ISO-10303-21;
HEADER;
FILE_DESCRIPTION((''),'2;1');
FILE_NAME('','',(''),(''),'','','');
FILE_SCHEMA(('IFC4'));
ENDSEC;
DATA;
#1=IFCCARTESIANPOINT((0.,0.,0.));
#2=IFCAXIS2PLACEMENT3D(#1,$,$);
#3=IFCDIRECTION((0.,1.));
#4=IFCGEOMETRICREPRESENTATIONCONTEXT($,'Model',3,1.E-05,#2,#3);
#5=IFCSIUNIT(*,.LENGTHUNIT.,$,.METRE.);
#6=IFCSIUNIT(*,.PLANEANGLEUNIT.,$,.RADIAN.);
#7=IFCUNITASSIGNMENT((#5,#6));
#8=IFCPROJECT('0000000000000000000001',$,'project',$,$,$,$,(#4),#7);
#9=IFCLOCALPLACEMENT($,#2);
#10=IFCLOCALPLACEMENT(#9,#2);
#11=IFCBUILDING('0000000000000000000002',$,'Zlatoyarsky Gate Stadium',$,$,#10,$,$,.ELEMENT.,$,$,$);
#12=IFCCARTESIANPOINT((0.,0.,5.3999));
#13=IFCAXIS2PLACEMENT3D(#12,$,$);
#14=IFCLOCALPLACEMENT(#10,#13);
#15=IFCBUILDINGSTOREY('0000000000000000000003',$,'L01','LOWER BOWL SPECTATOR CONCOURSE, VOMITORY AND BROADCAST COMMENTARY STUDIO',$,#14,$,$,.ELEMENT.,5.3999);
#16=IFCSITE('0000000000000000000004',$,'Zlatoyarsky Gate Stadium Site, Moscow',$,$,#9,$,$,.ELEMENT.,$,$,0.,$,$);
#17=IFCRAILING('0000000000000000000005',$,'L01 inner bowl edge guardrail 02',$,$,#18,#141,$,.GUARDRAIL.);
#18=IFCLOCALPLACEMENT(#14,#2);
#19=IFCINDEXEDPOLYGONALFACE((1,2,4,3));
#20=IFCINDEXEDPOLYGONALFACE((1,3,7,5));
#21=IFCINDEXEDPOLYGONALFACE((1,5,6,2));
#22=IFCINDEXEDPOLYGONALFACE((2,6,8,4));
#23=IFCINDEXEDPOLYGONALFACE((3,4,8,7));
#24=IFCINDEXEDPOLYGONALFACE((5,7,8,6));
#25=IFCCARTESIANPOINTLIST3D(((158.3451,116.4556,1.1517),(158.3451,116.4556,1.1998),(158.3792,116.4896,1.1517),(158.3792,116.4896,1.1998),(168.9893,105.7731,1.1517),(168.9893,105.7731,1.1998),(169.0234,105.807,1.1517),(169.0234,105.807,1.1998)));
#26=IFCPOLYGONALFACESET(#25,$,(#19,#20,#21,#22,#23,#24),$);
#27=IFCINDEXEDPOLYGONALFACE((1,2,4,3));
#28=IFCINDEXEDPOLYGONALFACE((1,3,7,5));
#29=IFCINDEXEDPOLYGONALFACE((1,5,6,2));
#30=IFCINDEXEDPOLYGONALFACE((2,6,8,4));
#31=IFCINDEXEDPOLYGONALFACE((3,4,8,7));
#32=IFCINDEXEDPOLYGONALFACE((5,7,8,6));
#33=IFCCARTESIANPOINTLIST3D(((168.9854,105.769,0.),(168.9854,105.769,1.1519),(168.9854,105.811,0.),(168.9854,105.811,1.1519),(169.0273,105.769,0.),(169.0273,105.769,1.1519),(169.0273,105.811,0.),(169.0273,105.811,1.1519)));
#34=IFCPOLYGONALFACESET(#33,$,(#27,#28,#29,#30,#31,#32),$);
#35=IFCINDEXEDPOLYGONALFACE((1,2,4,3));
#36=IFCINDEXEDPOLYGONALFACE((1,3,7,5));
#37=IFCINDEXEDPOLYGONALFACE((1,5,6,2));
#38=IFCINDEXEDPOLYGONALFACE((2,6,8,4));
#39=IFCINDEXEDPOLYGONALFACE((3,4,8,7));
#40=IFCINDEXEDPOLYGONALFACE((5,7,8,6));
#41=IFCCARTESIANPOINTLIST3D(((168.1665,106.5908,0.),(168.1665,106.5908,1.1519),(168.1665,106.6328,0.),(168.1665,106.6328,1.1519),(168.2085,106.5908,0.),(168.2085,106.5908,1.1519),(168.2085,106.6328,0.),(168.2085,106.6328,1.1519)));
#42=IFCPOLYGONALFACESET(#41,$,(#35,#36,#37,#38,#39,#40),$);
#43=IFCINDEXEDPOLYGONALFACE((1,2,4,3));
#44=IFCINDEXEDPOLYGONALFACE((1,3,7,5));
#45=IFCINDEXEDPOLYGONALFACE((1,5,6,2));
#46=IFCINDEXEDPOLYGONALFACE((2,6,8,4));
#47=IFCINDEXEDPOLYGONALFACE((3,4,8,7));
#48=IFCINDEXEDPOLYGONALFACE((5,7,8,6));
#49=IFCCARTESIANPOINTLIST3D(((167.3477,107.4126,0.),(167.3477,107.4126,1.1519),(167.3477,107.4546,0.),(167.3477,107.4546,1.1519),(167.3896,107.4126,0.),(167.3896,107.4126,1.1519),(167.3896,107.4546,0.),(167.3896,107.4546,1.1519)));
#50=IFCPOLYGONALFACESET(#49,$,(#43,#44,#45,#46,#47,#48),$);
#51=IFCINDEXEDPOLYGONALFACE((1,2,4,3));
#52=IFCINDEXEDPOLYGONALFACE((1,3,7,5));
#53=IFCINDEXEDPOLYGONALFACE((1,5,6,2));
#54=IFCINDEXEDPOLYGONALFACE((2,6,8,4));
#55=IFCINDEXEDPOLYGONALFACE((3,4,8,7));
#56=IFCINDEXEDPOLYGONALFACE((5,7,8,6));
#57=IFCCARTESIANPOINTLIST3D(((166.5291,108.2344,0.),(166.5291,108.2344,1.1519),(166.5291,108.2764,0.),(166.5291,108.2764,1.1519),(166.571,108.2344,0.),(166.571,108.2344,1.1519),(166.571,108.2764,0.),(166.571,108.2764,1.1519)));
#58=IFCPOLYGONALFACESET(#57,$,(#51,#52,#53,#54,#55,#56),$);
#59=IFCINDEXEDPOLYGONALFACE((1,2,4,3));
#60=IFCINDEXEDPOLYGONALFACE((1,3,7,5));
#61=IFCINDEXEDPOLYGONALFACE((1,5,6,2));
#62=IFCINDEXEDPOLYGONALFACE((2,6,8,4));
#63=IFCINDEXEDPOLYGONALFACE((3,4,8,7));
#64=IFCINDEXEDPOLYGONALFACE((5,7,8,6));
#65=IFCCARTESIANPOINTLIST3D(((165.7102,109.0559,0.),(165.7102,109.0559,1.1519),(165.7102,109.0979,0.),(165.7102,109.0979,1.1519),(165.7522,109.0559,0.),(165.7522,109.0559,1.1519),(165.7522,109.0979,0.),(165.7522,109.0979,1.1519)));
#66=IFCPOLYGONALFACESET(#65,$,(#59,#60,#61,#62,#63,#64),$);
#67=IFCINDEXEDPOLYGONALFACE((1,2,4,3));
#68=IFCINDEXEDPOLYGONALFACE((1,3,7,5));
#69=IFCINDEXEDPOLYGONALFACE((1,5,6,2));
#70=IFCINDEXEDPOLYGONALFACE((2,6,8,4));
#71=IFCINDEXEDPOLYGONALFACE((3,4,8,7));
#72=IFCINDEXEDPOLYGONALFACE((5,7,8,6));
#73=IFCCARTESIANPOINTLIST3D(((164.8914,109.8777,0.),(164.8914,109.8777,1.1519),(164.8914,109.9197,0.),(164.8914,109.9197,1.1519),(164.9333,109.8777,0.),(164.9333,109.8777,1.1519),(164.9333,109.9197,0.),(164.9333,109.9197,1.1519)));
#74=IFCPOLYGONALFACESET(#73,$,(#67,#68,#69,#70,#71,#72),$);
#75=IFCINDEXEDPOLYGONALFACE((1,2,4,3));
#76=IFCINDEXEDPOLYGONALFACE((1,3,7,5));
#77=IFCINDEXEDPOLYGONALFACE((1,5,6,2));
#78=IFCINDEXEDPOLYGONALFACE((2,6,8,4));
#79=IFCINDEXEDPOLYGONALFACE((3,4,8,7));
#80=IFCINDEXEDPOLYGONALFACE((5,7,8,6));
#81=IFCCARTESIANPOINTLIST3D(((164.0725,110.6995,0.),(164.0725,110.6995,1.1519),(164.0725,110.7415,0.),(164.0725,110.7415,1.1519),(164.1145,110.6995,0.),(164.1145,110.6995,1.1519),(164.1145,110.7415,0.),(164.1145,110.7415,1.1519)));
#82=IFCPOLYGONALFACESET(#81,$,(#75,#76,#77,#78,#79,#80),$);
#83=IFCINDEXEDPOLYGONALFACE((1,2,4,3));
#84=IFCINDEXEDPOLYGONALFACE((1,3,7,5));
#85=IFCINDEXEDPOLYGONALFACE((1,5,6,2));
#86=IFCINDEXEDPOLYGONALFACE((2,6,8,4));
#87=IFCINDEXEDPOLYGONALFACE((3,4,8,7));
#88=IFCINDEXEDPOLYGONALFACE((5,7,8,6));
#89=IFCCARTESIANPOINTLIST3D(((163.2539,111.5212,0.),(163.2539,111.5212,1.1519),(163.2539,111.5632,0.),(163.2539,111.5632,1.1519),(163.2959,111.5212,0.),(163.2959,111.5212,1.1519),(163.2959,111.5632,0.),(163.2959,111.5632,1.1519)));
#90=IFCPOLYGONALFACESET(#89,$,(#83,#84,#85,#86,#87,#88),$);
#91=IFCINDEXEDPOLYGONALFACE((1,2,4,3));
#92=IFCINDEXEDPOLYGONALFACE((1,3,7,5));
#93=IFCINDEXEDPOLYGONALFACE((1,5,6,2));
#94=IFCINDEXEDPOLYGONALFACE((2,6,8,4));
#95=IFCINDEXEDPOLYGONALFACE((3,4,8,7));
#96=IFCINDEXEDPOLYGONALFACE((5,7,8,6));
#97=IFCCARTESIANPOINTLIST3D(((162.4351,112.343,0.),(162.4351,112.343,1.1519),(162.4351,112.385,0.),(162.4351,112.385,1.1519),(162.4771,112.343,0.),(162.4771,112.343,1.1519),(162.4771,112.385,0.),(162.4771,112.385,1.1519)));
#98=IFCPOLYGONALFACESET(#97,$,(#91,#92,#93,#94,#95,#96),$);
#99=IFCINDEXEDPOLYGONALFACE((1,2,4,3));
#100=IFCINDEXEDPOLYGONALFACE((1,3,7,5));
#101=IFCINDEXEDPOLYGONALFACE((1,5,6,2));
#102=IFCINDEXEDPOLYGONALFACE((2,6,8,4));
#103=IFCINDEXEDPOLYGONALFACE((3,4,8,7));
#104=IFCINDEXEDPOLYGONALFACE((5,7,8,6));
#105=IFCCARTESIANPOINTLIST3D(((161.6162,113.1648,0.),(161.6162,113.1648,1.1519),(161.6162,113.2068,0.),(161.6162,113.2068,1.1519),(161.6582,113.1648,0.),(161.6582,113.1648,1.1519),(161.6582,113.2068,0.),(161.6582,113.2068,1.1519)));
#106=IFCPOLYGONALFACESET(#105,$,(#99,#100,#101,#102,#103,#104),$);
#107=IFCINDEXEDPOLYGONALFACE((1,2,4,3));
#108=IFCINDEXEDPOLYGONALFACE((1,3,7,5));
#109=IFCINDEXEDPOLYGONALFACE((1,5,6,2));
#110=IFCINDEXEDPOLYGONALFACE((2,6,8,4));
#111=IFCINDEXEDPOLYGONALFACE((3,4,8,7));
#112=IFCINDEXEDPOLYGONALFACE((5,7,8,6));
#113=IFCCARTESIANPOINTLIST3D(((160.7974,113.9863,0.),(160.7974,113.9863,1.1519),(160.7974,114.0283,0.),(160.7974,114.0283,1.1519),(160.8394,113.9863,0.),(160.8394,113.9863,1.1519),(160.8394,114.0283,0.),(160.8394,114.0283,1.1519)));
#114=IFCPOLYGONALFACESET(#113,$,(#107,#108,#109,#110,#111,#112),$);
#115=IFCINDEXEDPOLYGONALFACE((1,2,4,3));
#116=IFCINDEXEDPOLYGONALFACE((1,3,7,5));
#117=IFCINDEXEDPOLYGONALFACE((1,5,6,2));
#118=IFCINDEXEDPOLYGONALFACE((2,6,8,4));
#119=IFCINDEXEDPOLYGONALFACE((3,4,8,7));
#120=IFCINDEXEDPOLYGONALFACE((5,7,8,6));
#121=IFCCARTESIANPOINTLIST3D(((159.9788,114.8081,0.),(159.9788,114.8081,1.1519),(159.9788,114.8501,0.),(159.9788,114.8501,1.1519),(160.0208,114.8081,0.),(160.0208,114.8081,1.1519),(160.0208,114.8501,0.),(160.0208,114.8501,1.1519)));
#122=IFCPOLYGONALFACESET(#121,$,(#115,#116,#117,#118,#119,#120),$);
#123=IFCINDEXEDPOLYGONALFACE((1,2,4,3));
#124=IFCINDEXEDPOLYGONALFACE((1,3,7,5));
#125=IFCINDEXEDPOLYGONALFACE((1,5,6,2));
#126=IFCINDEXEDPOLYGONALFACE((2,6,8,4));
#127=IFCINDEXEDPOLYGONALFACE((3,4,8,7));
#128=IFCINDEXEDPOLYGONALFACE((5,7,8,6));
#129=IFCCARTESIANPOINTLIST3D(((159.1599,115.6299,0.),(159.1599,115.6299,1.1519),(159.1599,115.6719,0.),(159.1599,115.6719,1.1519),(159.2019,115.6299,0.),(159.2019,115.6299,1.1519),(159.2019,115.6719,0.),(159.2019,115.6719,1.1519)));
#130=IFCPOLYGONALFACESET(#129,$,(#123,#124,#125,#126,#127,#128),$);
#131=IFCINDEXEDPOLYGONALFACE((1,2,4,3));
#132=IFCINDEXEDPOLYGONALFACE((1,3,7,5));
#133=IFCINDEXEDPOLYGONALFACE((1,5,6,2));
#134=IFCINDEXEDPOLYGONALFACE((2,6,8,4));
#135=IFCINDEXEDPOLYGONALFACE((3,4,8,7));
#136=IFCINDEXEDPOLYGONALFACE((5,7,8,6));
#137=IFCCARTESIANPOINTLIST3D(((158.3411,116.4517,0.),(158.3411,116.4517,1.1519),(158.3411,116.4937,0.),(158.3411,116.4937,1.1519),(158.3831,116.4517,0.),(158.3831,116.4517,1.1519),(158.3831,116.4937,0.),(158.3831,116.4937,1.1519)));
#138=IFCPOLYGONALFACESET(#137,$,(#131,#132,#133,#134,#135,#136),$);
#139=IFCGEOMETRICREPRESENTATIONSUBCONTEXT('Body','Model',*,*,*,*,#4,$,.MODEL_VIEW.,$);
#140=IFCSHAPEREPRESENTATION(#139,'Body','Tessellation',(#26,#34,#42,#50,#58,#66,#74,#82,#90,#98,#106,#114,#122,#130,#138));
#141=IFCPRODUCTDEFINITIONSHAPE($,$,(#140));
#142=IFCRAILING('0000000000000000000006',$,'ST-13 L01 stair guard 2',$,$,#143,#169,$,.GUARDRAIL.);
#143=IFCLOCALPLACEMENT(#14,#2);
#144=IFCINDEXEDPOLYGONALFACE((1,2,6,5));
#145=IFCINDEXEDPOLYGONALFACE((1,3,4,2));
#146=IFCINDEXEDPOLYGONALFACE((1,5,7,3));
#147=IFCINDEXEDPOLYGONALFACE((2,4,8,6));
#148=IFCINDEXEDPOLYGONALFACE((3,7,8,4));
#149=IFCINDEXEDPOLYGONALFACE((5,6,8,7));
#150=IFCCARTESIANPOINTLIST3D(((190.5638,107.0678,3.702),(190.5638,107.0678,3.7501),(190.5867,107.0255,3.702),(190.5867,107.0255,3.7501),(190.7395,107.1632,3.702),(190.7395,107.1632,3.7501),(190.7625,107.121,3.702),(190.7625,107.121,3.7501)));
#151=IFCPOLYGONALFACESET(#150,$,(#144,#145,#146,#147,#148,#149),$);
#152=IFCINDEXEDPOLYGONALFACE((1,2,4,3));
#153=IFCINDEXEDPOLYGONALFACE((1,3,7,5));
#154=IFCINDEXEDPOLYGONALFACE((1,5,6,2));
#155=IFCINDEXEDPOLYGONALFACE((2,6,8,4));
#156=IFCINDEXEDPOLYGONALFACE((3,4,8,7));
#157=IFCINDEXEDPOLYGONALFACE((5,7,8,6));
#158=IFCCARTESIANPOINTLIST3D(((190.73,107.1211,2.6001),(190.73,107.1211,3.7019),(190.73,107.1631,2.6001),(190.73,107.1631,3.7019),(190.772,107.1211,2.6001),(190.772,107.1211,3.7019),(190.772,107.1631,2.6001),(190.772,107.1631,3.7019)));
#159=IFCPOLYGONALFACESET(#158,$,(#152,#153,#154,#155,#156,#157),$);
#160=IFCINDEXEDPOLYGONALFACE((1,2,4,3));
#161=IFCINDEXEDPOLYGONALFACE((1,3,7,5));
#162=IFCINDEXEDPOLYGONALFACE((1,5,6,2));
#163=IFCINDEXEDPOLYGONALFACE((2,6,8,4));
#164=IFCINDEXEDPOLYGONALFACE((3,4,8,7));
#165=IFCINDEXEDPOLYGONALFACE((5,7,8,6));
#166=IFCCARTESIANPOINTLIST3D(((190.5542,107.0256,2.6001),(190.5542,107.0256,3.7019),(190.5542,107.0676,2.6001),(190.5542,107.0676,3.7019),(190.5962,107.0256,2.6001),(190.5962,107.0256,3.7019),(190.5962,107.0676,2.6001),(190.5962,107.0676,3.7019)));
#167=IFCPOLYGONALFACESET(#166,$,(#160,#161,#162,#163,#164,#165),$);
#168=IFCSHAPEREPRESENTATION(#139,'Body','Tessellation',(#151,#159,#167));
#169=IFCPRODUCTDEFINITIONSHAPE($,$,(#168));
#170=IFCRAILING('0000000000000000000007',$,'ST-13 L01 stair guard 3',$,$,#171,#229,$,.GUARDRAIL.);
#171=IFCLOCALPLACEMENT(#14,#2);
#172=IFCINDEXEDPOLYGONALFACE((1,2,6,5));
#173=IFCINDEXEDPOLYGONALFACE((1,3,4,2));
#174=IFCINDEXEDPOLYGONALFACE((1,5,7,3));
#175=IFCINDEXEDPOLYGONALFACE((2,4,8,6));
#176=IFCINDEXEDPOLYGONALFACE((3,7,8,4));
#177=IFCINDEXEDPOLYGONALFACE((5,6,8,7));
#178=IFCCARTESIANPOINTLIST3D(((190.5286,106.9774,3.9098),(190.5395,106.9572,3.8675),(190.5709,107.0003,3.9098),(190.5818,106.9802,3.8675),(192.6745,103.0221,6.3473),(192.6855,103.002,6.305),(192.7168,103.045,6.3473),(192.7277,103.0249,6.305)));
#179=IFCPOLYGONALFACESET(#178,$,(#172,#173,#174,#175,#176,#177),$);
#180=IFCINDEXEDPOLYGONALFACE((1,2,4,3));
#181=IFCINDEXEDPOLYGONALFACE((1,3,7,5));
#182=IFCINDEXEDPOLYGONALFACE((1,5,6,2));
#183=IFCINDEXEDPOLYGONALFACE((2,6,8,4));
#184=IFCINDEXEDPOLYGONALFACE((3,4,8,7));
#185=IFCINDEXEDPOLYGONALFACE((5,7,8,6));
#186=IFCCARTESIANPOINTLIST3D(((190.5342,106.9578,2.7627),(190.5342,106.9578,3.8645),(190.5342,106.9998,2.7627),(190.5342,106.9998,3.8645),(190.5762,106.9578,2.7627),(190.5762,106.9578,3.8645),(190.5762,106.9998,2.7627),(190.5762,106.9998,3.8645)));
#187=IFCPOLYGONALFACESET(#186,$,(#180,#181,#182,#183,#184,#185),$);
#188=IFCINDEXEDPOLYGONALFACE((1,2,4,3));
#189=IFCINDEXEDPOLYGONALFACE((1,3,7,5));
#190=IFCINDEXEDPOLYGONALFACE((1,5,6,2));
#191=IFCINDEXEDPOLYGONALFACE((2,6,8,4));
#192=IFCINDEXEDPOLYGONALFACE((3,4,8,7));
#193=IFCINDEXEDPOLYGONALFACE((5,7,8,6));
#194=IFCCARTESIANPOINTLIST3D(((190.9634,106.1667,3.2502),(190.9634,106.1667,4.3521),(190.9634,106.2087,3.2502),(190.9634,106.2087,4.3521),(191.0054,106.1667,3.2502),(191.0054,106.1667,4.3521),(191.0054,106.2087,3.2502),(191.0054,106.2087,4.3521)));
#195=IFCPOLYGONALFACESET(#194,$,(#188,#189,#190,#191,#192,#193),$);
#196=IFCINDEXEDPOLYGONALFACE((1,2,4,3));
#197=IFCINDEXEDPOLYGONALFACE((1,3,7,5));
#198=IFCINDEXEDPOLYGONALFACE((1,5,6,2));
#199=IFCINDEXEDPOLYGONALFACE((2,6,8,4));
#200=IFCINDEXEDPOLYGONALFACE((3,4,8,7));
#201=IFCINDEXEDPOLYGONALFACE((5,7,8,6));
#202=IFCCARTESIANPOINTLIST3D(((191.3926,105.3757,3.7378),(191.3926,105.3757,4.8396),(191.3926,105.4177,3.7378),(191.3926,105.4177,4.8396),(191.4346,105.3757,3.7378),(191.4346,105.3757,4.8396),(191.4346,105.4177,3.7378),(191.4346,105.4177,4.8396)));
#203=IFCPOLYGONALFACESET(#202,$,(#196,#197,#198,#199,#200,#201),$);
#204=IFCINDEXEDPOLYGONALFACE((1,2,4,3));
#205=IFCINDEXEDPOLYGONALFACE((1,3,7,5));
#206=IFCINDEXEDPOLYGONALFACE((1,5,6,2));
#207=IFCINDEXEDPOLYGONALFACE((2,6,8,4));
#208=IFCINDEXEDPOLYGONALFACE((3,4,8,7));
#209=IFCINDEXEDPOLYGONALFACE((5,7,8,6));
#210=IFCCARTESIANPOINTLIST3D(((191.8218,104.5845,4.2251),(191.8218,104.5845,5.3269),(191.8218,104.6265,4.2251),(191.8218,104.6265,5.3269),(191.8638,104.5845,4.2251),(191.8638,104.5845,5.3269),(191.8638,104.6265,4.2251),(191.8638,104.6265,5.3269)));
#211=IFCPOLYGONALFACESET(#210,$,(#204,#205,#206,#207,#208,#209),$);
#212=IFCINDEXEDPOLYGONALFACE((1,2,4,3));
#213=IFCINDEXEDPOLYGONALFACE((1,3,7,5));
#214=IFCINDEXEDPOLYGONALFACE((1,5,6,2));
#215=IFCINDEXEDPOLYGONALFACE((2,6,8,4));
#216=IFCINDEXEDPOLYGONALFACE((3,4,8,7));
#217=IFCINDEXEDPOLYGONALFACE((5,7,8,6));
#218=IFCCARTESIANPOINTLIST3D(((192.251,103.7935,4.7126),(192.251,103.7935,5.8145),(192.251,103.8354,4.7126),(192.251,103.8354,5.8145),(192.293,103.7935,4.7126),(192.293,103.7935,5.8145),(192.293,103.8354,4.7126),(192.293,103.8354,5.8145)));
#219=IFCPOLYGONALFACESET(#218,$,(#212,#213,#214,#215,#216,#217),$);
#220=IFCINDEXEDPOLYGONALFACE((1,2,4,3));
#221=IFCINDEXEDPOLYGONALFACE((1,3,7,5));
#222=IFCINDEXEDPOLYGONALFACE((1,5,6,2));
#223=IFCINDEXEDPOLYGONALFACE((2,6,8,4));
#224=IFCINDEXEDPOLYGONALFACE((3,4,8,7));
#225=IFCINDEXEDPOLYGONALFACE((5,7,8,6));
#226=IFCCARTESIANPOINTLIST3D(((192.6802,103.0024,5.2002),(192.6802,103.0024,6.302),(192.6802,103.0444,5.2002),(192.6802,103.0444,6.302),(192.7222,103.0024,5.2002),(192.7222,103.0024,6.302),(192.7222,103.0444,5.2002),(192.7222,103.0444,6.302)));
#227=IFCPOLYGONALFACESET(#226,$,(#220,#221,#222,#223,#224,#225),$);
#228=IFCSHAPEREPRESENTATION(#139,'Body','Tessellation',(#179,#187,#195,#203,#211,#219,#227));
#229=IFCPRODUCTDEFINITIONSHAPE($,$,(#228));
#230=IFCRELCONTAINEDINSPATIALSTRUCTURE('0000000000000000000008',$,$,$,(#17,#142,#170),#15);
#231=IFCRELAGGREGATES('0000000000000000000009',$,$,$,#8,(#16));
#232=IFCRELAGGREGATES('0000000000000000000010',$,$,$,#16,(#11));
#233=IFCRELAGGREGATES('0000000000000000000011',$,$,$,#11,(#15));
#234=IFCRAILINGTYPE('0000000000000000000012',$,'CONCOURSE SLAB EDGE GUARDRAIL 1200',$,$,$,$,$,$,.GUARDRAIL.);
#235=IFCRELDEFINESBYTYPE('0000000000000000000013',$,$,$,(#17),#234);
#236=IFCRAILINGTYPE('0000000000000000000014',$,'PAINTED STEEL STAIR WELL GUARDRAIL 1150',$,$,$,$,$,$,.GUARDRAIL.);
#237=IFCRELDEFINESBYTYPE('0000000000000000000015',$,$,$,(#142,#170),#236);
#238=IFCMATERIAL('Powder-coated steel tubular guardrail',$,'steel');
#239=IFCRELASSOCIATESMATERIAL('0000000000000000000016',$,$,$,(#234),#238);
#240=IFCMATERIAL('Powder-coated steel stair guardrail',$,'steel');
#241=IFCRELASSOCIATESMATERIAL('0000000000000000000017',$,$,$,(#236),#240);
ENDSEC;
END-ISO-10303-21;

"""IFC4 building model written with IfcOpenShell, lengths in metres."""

from ifc_helpers import new_model, si_unit, direction, frame, origin, origin_2d, place, context, subcontext, project, spatial, rectangle, extrude, material, type_object, element, save


model = new_model("IFC4")

# Units and contexts
model_context = context("Model", 3, precision=1e-05, world=origin(), true_north=direction((0.0, 1.0)))
body_context = subcontext(model_context, "Body", "Model", "MODEL_VIEW")
ifc_project = project(units=[si_unit("LENGTHUNIT", "METRE"), si_unit("PLANEANGLEUNIT", "RADIAN")], contexts=[model_context])

# Site, building, storey
site_placement = place(None, origin())
site = spatial("IfcSite", under=ifc_project, at=site_placement, Name="Zlatoyarsky Gate Stadium Site, Moscow", CompositionType="ELEMENT", RefElevation=0.0)
building_placement = place(site_placement, origin())
building = spatial("IfcBuilding", under=site, at=building_placement, Name="Zlatoyarsky Gate Stadium", CompositionType="ELEMENT")
storey_placement = place(building_placement, frame((0.0, 0.0, 5.3999)))
storey = spatial("IfcBuildingStorey", under=building, at=storey_placement, Name="L01", Description="LOWER BOWL SPECTATOR CONCOURSE, VOMITORY AND BROADCAST COMMENTARY STUDIO", CompositionType="ELEMENT", Elevation=5.3999)

# Railings
ifc_material_1 = material(Name="Powder-coated steel tubular guardrail", Category="steel")
railing_type_1 = type_object("IfcRailingType", Name="CONCOURSE SLAB EDGE GUARDRAIL 1200", PredefinedType="GUARDRAIL", material=ifc_material_1)
railing_1_placement = place(storey_placement, frame((169.0063, 105.79, 0.0)))
element("IfcRailing", 1, at=railing_1_placement, inside=storey, type_object=railing_type_1, Name="L01 inner bowl edge guardrail 02", PredefinedType="GUARDRAIL", context=body_context, shape_type="SweptSolid", body=[
    extrude(rectangle(XDim=0.0481, YDim=0.0481, at=origin_2d()), frame((0.0, 0.0, 1.1758), z_axis=(-0.705835, 0.708376, 0.0), x_axis=(-0.708376, -0.705835, 0.0)), (0.0, 0.0, 1.0), 15.0803),
    extrude(rectangle(XDim=0.042, YDim=0.042, at=origin_2d()), origin(), (0.0, 0.0, 1.0), 1.1519),
    extrude(rectangle(XDim=0.042, YDim=0.042, at=origin_2d()), frame((-0.8188, 0.8218, 0.0)), (0.0, 0.0, 1.0), 1.1519),
    extrude(rectangle(XDim=0.042, YDim=0.042, at=origin_2d()), frame((-1.6377, 1.6436, 0.0)), (0.0, 0.0, 1.0), 1.1519),
    extrude(rectangle(XDim=0.042, YDim=0.042, at=origin_2d()), frame((-2.4563, 2.4653, 0.0)), (0.0, 0.0, 1.0), 1.1519),
    extrude(rectangle(XDim=0.042, YDim=0.042, at=origin_2d()), frame((-3.2751, 3.2869, 0.0)), (0.0, 0.0, 1.0), 1.1519),
    extrude(rectangle(XDim=0.042, YDim=0.042, at=origin_2d()), frame((-4.094, 4.1086, 0.0)), (0.0, 0.0, 1.0), 1.1519),
    extrude(rectangle(XDim=0.042, YDim=0.042, at=origin_2d()), frame((-4.9128, 4.9304, 0.0)), (0.0, 0.0, 1.0), 1.1519),
    extrude(rectangle(XDim=0.042, YDim=0.042, at=origin_2d()), frame((-5.7314, 5.7522, 0.0)), (0.0, 0.0, 1.0), 1.1519),
    extrude(rectangle(XDim=0.042, YDim=0.042, at=origin_2d()), frame((-6.5503, 6.574, 0.0)), (0.0, 0.0, 1.0), 1.1519),
    extrude(rectangle(XDim=0.042, YDim=0.042, at=origin_2d()), frame((-7.3691, 7.3958, 0.0)), (0.0, 0.0, 1.0), 1.1519),
    extrude(rectangle(XDim=0.042, YDim=0.042, at=origin_2d()), frame((-8.188, 8.2173, 0.0)), (0.0, 0.0, 1.0), 1.1519),
    extrude(rectangle(XDim=0.042, YDim=0.042, at=origin_2d()), frame((-9.0066, 9.0391, 0.0)), (0.0, 0.0, 1.0), 1.1519),
    extrude(rectangle(XDim=0.042, YDim=0.042, at=origin_2d()), frame((-9.8254, 9.8608, 0.0)), (0.0, 0.0, 1.0), 1.1519),
    extrude(rectangle(XDim=0.042, YDim=0.042, at=origin_2d()), frame((-10.6443, 10.6826, 0.0)), (0.0, 0.0, 1.0), 1.1519),
])
ifc_material_2 = material(Name="Powder-coated steel stair guardrail", Category="steel")
railing_type_2 = type_object("IfcRailingType", Name="PAINTED STEEL STAIR WELL GUARDRAIL 1150", PredefinedType="GUARDRAIL", material=ifc_material_2)
railing_2_placement = place(storey_placement, frame((190.751, 107.1421, 2.6001)))
element("IfcRailing", 2, at=railing_2_placement, inside=storey, type_object=railing_type_2, Name="ST-13 L01 stair guard 2", PredefinedType="GUARDRAIL", context=body_context, shape_type="SweptSolid", body=[
    extrude(rectangle(XDim=0.0481, YDim=0.0481, at=origin_2d()), frame((0.0, 0.0, 1.126), z_axis=(-0.87878, -0.477227, 0.0), x_axis=(0.477227, -0.87878, 0.0)), (0.0, 0.0, 1.0), 0.2),
    extrude(rectangle(XDim=0.042, YDim=0.042, at=origin_2d()), origin(), (0.0, 0.0, 1.0), 1.1018),
    extrude(rectangle(XDim=0.042, YDim=0.042, at=origin_2d()), frame((-0.1758, -0.0955, 0.0)), (0.0, 0.0, 1.0), 1.1018),
])
railing_3_placement = place(storey_placement, frame((190.5552, 106.9788, 2.7627)))
element("IfcRailing", 3, at=railing_3_placement, inside=storey, type_object=railing_type_2, Name="ST-13 L01 stair guard 3", PredefinedType="GUARDRAIL", context=body_context, shape_type="SweptSolid", body=[
    extrude(rectangle(XDim=0.0481, YDim=0.0481, at=origin_2d()), frame((0.0, 0.0, 1.126), z_axis=(0.419325, -0.772865, 0.476284), x_axis=(0.878963, 0.47689, 0.0)), (0.0, 0.0, 1.0), 5.1177),
    extrude(rectangle(XDim=0.042, YDim=0.042, at=origin_2d()), origin(), (0.0, 0.0, 1.0), 1.1018),
    extrude(rectangle(XDim=0.042, YDim=0.042, at=origin_2d()), frame((0.4292, -0.791, 0.4875)), (0.0, 0.0, 1.0), 1.1018),
    extrude(rectangle(XDim=0.042, YDim=0.042, at=origin_2d()), frame((0.8584, -1.582, 0.9751)), (0.0, 0.0, 1.0), 1.1018),
    extrude(rectangle(XDim=0.042, YDim=0.042, at=origin_2d()), frame((1.2876, -2.3733, 1.4624)), (0.0, 0.0, 1.0), 1.1018),
    extrude(rectangle(XDim=0.042, YDim=0.042, at=origin_2d()), frame((1.7168, -3.1643, 1.95)), (0.0, 0.0, 1.0), 1.1018),
    extrude(rectangle(XDim=0.042, YDim=0.042, at=origin_2d()), frame((2.146, -3.9553, 2.4375)), (0.0, 0.0, 1.0), 1.1018),
])

save(model, "model.ifc")
